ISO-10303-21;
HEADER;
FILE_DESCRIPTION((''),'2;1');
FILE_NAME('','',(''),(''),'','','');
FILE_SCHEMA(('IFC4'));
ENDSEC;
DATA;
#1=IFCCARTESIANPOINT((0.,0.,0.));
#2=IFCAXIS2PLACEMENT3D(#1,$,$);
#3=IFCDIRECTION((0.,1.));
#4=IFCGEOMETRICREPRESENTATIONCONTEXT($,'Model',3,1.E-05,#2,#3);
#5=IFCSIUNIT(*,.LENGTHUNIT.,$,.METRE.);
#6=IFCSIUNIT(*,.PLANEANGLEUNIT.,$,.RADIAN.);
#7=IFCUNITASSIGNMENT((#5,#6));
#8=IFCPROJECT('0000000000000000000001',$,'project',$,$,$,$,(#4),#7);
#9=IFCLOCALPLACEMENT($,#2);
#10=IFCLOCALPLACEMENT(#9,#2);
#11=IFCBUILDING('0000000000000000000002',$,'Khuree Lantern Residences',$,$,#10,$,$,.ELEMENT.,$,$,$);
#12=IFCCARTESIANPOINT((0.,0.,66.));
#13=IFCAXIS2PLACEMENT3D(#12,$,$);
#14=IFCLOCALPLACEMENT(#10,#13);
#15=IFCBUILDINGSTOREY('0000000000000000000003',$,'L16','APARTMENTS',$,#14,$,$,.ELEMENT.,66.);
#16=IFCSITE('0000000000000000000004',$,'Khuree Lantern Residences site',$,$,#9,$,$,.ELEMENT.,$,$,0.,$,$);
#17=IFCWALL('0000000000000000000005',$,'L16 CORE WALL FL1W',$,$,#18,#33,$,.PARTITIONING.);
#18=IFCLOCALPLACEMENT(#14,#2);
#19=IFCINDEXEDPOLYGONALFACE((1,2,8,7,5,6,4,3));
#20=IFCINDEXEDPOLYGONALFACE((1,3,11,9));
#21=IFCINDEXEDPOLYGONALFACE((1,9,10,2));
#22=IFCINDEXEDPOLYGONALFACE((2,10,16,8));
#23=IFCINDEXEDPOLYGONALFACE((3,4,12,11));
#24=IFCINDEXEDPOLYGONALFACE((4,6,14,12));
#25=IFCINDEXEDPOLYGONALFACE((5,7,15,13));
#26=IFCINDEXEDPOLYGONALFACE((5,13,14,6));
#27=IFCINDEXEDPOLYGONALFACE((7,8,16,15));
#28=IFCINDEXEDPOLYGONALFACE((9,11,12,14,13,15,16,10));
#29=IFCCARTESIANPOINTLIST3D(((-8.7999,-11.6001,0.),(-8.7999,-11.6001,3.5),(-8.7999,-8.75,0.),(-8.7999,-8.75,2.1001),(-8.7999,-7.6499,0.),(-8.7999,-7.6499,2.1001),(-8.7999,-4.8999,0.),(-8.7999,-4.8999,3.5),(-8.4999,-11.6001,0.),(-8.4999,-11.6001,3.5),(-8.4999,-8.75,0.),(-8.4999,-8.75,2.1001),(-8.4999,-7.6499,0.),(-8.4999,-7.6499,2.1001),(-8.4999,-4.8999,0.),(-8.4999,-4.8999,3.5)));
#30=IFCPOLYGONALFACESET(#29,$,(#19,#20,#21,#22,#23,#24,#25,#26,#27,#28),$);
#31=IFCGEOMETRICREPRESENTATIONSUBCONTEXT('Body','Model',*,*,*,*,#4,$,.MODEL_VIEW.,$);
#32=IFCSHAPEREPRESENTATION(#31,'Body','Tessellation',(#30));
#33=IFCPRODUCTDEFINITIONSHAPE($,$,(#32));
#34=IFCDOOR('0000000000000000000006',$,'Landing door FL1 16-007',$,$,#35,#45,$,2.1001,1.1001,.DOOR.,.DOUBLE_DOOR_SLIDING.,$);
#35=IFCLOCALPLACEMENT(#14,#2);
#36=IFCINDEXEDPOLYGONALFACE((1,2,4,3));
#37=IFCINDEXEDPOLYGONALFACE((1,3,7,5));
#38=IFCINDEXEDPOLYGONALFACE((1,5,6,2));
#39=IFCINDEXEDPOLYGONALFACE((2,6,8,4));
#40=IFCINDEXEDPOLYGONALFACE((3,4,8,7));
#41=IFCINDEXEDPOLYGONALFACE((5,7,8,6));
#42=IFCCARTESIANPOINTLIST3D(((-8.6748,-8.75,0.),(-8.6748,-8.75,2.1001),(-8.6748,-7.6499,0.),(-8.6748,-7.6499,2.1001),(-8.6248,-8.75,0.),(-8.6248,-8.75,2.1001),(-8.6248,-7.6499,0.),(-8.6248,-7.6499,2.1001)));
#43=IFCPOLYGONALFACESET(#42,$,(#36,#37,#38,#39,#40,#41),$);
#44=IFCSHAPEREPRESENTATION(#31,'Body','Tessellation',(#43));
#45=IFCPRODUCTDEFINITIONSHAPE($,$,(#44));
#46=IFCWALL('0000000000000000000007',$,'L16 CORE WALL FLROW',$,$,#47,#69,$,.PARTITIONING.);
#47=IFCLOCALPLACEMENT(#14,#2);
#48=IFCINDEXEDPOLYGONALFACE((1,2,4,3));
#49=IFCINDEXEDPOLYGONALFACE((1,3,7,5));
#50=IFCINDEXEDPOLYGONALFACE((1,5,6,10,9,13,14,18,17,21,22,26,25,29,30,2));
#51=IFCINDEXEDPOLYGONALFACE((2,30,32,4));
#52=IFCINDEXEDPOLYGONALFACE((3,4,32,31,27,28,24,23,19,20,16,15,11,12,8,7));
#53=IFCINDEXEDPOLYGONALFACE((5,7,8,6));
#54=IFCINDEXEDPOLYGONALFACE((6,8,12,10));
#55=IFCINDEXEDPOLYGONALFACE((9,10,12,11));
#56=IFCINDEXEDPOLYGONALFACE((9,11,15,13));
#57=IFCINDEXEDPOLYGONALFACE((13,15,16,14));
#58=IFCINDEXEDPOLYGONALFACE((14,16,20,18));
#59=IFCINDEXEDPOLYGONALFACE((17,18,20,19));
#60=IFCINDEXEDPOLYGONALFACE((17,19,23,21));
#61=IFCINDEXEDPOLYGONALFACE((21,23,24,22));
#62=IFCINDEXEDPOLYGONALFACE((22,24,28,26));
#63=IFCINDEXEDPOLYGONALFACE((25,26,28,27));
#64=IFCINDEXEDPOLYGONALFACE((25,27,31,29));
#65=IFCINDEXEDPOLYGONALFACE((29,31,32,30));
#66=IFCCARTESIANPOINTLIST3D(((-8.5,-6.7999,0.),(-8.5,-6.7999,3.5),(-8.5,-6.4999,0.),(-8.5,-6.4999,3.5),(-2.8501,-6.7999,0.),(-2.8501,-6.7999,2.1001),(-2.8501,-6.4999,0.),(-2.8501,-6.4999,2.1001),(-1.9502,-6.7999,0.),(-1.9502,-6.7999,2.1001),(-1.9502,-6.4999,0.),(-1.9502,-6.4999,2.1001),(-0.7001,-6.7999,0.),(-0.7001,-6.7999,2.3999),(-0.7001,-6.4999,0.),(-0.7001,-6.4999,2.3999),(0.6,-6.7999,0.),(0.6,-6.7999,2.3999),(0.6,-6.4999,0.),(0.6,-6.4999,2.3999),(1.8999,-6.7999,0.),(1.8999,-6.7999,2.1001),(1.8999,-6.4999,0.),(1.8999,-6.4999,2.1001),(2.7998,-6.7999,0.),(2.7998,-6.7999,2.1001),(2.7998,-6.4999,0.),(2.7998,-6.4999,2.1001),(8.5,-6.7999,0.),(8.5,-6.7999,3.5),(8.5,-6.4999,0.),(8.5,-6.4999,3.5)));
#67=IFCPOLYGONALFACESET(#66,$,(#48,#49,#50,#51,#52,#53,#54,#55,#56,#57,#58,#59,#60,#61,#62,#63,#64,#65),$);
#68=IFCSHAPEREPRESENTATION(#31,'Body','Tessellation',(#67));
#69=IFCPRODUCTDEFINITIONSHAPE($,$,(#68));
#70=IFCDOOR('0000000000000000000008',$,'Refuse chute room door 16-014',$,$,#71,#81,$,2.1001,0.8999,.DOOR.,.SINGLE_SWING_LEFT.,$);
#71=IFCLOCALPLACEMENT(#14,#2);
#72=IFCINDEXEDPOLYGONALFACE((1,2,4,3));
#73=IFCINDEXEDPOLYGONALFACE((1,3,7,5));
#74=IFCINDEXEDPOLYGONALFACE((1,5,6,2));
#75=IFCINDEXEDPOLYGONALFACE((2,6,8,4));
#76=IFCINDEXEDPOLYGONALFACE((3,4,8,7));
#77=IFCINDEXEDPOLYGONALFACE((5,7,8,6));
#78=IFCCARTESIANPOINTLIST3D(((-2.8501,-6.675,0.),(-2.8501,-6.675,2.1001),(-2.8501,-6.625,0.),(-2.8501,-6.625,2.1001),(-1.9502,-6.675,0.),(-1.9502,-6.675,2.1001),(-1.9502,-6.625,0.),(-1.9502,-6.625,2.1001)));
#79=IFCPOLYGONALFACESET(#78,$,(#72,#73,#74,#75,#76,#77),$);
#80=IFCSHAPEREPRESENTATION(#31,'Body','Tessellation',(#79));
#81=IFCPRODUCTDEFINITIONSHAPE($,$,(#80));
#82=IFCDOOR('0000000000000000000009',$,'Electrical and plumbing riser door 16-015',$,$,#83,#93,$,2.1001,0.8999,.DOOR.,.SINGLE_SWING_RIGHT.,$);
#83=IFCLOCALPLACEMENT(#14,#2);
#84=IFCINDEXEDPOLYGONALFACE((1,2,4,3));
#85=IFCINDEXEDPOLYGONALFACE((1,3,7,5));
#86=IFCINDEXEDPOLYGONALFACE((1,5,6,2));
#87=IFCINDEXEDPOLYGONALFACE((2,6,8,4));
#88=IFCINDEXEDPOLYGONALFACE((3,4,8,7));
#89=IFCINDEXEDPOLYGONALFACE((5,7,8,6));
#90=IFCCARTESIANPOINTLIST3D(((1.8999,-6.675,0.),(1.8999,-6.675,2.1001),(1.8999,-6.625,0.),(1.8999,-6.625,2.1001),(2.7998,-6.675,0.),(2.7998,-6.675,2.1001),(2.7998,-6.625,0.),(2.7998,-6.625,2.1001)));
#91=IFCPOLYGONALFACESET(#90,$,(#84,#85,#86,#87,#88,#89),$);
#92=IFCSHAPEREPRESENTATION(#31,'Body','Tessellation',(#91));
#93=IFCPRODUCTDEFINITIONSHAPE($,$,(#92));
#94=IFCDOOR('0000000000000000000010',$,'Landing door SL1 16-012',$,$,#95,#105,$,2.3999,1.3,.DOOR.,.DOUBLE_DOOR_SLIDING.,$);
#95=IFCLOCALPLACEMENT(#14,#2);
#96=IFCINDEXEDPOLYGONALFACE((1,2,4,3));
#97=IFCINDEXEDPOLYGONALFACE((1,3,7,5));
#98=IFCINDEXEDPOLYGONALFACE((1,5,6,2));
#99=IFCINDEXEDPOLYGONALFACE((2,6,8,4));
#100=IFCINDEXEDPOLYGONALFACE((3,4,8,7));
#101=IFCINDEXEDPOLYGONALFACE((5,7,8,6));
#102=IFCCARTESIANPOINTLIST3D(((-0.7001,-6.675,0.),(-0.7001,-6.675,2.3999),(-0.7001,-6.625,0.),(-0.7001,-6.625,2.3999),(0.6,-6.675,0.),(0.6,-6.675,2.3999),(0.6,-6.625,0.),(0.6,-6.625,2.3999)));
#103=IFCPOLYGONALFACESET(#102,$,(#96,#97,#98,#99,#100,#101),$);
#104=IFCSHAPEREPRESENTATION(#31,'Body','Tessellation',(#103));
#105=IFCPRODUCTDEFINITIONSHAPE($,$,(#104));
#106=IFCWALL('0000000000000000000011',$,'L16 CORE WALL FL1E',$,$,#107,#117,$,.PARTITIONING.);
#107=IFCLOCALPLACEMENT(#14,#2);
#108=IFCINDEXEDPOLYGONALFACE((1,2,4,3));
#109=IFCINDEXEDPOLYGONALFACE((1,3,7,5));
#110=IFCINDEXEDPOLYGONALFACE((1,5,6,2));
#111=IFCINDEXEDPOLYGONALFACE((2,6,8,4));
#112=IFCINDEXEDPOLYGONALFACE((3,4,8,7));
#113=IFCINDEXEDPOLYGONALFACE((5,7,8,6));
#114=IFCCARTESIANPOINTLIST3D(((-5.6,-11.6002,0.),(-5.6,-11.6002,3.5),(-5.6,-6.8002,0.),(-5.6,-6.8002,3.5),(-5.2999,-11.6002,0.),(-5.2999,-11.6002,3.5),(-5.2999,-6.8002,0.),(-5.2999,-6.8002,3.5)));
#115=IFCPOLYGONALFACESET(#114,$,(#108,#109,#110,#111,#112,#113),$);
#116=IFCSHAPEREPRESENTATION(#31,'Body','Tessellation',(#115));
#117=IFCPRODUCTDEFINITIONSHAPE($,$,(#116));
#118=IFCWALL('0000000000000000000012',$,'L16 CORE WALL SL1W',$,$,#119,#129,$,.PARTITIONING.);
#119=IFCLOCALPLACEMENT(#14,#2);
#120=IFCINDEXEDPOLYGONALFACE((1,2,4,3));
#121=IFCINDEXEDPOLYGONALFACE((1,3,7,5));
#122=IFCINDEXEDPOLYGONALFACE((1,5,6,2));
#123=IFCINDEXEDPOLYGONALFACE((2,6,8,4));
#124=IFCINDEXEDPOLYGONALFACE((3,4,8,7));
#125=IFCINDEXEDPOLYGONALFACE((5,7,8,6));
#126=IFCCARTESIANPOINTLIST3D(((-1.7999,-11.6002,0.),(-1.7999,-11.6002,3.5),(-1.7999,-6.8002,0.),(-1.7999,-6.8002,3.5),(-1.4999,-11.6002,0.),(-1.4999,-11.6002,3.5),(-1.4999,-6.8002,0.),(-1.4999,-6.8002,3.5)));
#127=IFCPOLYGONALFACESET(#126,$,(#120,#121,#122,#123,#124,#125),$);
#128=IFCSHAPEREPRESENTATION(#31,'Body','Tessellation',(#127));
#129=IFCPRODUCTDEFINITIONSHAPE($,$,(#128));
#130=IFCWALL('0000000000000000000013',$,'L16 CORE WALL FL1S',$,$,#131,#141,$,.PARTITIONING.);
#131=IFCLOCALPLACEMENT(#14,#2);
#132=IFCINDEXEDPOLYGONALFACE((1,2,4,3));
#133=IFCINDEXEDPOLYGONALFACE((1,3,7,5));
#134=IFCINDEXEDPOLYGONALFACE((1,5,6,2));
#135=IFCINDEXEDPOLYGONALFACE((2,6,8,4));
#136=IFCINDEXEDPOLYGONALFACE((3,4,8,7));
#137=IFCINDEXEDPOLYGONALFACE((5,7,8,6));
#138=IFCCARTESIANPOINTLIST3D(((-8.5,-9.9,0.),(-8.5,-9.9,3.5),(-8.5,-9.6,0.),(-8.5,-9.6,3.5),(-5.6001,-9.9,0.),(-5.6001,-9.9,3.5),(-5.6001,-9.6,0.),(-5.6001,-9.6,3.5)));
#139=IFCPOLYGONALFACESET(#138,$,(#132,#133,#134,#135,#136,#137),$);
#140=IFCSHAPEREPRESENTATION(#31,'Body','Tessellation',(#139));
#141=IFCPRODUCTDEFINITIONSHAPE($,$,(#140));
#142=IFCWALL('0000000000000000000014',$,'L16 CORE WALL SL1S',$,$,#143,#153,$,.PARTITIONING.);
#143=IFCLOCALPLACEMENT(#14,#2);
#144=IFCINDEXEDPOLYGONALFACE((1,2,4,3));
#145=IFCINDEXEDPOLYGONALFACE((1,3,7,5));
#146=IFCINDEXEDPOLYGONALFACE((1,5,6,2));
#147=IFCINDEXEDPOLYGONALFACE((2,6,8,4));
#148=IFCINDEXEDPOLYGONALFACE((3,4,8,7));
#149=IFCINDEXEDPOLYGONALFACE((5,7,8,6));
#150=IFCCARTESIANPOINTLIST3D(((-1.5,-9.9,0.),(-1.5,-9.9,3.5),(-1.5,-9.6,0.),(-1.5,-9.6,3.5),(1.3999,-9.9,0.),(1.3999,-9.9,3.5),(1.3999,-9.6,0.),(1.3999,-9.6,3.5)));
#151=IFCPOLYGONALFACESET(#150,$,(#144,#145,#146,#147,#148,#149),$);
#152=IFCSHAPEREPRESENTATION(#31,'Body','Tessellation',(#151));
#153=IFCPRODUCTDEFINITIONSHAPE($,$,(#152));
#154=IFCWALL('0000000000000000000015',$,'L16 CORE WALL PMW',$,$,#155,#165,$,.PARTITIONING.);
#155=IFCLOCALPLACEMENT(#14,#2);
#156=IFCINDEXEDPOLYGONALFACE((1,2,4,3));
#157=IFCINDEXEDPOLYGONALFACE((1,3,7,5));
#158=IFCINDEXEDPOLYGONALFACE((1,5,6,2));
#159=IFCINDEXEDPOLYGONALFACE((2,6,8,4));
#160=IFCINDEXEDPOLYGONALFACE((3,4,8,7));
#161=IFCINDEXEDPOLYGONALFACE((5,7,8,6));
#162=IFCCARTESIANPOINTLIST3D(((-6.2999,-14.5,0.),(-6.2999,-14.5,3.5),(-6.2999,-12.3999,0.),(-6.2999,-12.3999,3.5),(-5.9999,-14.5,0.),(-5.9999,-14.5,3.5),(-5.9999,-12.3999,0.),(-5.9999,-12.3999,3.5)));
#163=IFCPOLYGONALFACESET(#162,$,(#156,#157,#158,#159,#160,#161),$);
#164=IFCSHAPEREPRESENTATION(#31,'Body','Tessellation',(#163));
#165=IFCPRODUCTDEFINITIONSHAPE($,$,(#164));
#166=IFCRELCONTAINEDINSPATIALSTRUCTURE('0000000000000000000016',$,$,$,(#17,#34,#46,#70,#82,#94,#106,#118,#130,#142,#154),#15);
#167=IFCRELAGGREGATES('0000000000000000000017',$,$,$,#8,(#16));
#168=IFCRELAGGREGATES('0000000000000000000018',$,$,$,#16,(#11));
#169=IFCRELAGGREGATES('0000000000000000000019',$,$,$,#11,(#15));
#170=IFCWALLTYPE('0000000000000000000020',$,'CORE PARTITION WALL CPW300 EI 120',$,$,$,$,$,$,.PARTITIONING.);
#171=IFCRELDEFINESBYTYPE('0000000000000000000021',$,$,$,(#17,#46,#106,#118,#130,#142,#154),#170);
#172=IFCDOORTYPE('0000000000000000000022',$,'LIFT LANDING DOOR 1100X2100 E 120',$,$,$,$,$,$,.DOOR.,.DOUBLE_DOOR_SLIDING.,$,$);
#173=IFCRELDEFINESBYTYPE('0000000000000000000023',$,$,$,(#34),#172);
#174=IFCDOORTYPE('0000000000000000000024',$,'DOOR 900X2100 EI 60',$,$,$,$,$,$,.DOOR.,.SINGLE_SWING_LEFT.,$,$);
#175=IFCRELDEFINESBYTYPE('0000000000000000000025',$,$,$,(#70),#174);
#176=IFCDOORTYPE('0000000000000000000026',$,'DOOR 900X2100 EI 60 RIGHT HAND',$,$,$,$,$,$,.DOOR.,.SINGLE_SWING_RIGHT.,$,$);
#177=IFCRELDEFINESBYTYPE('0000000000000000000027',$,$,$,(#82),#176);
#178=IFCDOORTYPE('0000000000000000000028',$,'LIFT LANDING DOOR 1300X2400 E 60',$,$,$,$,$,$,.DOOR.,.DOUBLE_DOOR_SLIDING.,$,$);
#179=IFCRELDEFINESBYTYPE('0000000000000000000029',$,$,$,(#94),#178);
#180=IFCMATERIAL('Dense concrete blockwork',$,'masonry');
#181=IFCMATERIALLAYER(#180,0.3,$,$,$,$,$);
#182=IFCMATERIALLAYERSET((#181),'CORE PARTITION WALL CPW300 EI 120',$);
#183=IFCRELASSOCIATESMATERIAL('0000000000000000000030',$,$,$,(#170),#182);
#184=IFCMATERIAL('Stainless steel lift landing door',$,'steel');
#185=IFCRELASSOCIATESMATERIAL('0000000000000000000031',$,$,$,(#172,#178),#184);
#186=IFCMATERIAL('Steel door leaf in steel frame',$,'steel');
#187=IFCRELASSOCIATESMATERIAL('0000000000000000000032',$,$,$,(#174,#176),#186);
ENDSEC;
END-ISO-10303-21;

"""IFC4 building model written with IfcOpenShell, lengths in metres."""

from ifc_helpers import new_model, si_unit, direction, frame, frame_2d, origin, place, context, subcontext, project, spatial, rectangle, extrude, material, layer, layer_set, type_object, element, fill, save


model = new_model("IFC4")

# Units and contexts
model_context = context("Model", 3, precision=1e-05, world=origin(), true_north=direction((0.0, 1.0)))
body_context = subcontext(model_context, "Body", "Model", "MODEL_VIEW")
ifc_project = project(units=[si_unit("LENGTHUNIT", "METRE"), si_unit("PLANEANGLEUNIT", "RADIAN")], contexts=[model_context])

# Site, building, storey
site_placement = place(None, origin())
site = spatial("IfcSite", under=ifc_project, at=site_placement, Name="Khuree Lantern Residences site", CompositionType="ELEMENT", RefElevation=0.0)
building_placement = place(site_placement, origin())
building = spatial("IfcBuilding", under=site, at=building_placement, Name="Khuree Lantern Residences", CompositionType="ELEMENT")
storey_placement = place(building_placement, frame((0.0, 0.0, 66.0)))
storey = spatial("IfcBuildingStorey", under=building, at=storey_placement, Name="L16", Description="APARTMENTS", CompositionType="ELEMENT", Elevation=66.0)

# Wall, opening, door
ifc_material_1 = material(Name="Dense concrete blockwork", Category="masonry")
ifc_layer_1 = layer(ifc_material_1, 0.3)
ifc_layer_set_1 = layer_set([ifc_layer_1], Name="CORE PARTITION WALL CPW300 EI 120")
wall_type_1 = type_object("IfcWallType", Name="CORE PARTITION WALL CPW300 EI 120", PredefinedType="PARTITIONING", material=ifc_layer_set_1)
wall_1_placement = place(storey_placement, frame((-8.6499, -11.6001, 0.0), z_axis=(0.0, 0.0, 1.0), x_axis=(0.0, 1.0, 0.0)))
wall_1 = element("IfcWall", 1, at=wall_1_placement, inside=storey, type_object=wall_type_1, Name="L16 CORE WALL FL1W", PredefinedType="PARTITIONING", context=body_context, shape_type="SweptSolid", body=[
    extrude(rectangle(XDim=6.7002, YDim=0.3, at=frame_2d((3.3501, 0.0))), origin(), (0.0, 0.0, 1.0), 3.5),
])
opening_1_placement = place(wall_1_placement, frame((2.8501, 0.0, 0.0)))
opening_1 = element("IfcOpeningElement", 2, at=opening_1_placement, cuts=wall_1, PredefinedType="OPENING", context=body_context, shape_type="SweptSolid", body=[
    extrude(rectangle(XDim=1.1001, YDim=2.1001, at=frame_2d((0.55, 1.05))), frame((0.0, 0.1602, 0.0), z_axis=(0.0, -1.0, 0.0), x_axis=(1.0, 0.0, 0.0)), (0.0, 0.0, 1.0), 0.3201),
])
ifc_material_2 = material(Name="Stainless steel lift landing door", Category="steel")
door_type_1 = type_object("IfcDoorType", Name="LIFT LANDING DOOR 1100X2100 E 120", OperationType="DOUBLE_DOOR_SLIDING", PredefinedType="DOOR", material=ifc_material_2)
door_1_placement = place(opening_1_placement, origin())
door_1 = element("IfcDoor", 3, at=door_1_placement, inside=storey, type_object=door_type_1, Name="Landing door FL1 16-007", OperationType="DOUBLE_DOOR_SLIDING", OverallHeight=2.1001, OverallWidth=1.1001, PredefinedType="DOOR", context=body_context, shape_type="SweptSolid", body=[
    extrude(rectangle(XDim=1.1001, YDim=2.1001, at=frame_2d((0.55, 1.05))), frame((0.0, 0.0249, 0.0), z_axis=(0.0, -1.0, 0.0), x_axis=(1.0, 0.0, 0.0)), (0.0, 0.0, 1.0), 0.05),
])
fill(opening_1, door_1)

# Wall, openings, doors
wall_2_placement = place(storey_placement, frame((-8.5, -6.6499, 0.0), z_axis=(0.0, 0.0, 1.0), x_axis=(1.0, 0.0, 0.0)))
wall_2 = element("IfcWall", 4, at=wall_2_placement, inside=storey, type_object=wall_type_1, Name="L16 CORE WALL FLROW", PredefinedType="PARTITIONING", context=body_context, shape_type="SweptSolid", body=[
    extrude(rectangle(XDim=17.0, YDim=0.3, at=frame_2d((8.5, 0.0))), origin(), (0.0, 0.0, 1.0), 3.5),
])
opening_2_placement = place(wall_2_placement, frame((7.8, 0.0, 0.0)))
opening_2 = element("IfcOpeningElement", 5, at=opening_2_placement, cuts=wall_2, PredefinedType="OPENING", context=body_context, shape_type="SweptSolid", body=[
    extrude(rectangle(XDim=1.3, YDim=2.3999, at=frame_2d((0.6499, 1.2))), frame((0.0, 0.1602, 0.0), z_axis=(0.0, -1.0, 0.0), x_axis=(1.0, 0.0, 0.0)), (0.0, 0.0, 1.0), 0.3201),
])
opening_3_placement = place(wall_2_placement, frame((5.6499, 0.0, 0.0)))
opening_3 = element("IfcOpeningElement", 6, at=opening_3_placement, cuts=wall_2, PredefinedType="OPENING", context=body_context, shape_type="SweptSolid", body=[
    extrude(rectangle(XDim=0.8999, YDim=2.1001, at=frame_2d((0.45, 1.05))), frame((0.0, 0.1602, 0.0), z_axis=(0.0, -1.0, 0.0), x_axis=(1.0, 0.0, 0.0)), (0.0, 0.0, 1.0), 0.3201),
])
opening_4_placement = place(wall_2_placement, frame((10.3999, 0.0, 0.0)))
opening_4 = element("IfcOpeningElement", 7, at=opening_4_placement, cuts=wall_2, PredefinedType="OPENING", context=body_context, shape_type="SweptSolid", body=[
    extrude(rectangle(XDim=0.8999, YDim=2.1001, at=frame_2d((0.45, 1.05))), frame((0.0, 0.1602, 0.0), z_axis=(0.0, -1.0, 0.0), x_axis=(1.0, 0.0, 0.0)), (0.0, 0.0, 1.0), 0.3201),
])
ifc_material_3 = material(Name="Steel door leaf in steel frame", Category="steel")
door_type_2 = type_object("IfcDoorType", Name="DOOR 900X2100 EI 60", OperationType="SINGLE_SWING_LEFT", PredefinedType="DOOR", material=ifc_material_3)
door_2_placement = place(opening_3_placement, origin())
door_2 = element("IfcDoor", 8, at=door_2_placement, inside=storey, type_object=door_type_2, Name="Refuse chute room door 16-014", OperationType="SINGLE_SWING_LEFT", OverallHeight=2.1001, OverallWidth=0.8999, PredefinedType="DOOR", context=body_context, shape_type="SweptSolid", body=[
    extrude(rectangle(XDim=0.8999, YDim=2.1001, at=frame_2d((0.45, 1.05))), frame((0.0, 0.0249, 0.0), z_axis=(0.0, -1.0, 0.0), x_axis=(1.0, 0.0, 0.0)), (0.0, 0.0, 1.0), 0.05),
])
fill(opening_3, door_2)
door_type_3 = type_object("IfcDoorType", Name="DOOR 900X2100 EI 60 RIGHT HAND", OperationType="SINGLE_SWING_RIGHT", PredefinedType="DOOR", material=ifc_material_3)
door_3_placement = place(opening_4_placement, origin())
door_3 = element("IfcDoor", 9, at=door_3_placement, inside=storey, type_object=door_type_3, Name="Electrical and plumbing riser door 16-015", OperationType="SINGLE_SWING_RIGHT", OverallHeight=2.1001, OverallWidth=0.8999, PredefinedType="DOOR", context=body_context, shape_type="SweptSolid", body=[
    extrude(rectangle(XDim=0.8999, YDim=2.1001, at=frame_2d((0.45, 1.05))), frame((0.0, 0.0249, 0.0), z_axis=(0.0, -1.0, 0.0), x_axis=(1.0, 0.0, 0.0)), (0.0, 0.0, 1.0), 0.05),
])
fill(opening_4, door_3)
door_type_4 = type_object("IfcDoorType", Name="LIFT LANDING DOOR 1300X2400 E 60", OperationType="DOUBLE_DOOR_SLIDING", PredefinedType="DOOR", material=ifc_material_2)
door_4_placement = place(opening_2_placement, origin())
door_4 = element("IfcDoor", 10, at=door_4_placement, inside=storey, type_object=door_type_4, Name="Landing door SL1 16-012", OperationType="DOUBLE_DOOR_SLIDING", OverallHeight=2.3999, OverallWidth=1.3, PredefinedType="DOOR", context=body_context, shape_type="SweptSolid", body=[
    extrude(rectangle(XDim=1.3, YDim=2.3999, at=frame_2d((0.6499, 1.2))), frame((0.0, 0.0249, 0.0), z_axis=(0.0, -1.0, 0.0), x_axis=(1.0, 0.0, 0.0)), (0.0, 0.0, 1.0), 0.05),
])
fill(opening_2, door_4)

# Walls
for number, where, z_axis, x_axis, name in (
    (11, (-5.45, -11.6001, 0.0), (0.0, 0.0, 1.0), (0.0, 1.0, 0.0), "L16 CORE WALL FL1E"),
    (12, (-1.6499, -11.6001, 0.0), (0.0, 0.0, 1.0), (0.0, 1.0, 0.0), "L16 CORE WALL SL1W"),
):
    element("IfcWall", number, at=place(storey_placement, frame(where, z_axis=z_axis, x_axis=x_axis)), inside=storey, type_object=wall_type_1, Name=name, PredefinedType="PARTITIONING", context=body_context, shape_type="SweptSolid", body=[
        extrude(rectangle(XDim=4.8, YDim=0.3, at=frame_2d((2.3999, 0.0))), origin(), (0.0, 0.0, 1.0), 3.5),
    ])
for number, where, z_axis, x_axis, name in (
    (13, (-8.5, -9.75, 0.0), (0.0, 0.0, 1.0), (1.0, 0.0, 0.0), "L16 CORE WALL FL1S"),
    (14, (-1.5, -9.75, 0.0), (0.0, 0.0, 1.0), (1.0, 0.0, 0.0), "L16 CORE WALL SL1S"),
):
    element("IfcWall", number, at=place(storey_placement, frame(where, z_axis=z_axis, x_axis=x_axis)), inside=storey, type_object=wall_type_1, Name=name, PredefinedType="PARTITIONING", context=body_context, shape_type="SweptSolid", body=[
        extrude(rectangle(XDim=2.8999, YDim=0.3, at=frame_2d((1.45, 0.0))), origin(), (0.0, 0.0, 1.0), 3.5),
    ])
wall_3_placement = place(storey_placement, frame((-6.1499, -14.5, 0.0), z_axis=(0.0, 0.0, 1.0), x_axis=(0.0, 1.0, 0.0)))
element("IfcWall", 15, at=wall_3_placement, inside=storey, type_object=wall_type_1, Name="L16 CORE WALL PMW", PredefinedType="PARTITIONING", context=body_context, shape_type="SweptSolid", body=[
    extrude(rectangle(XDim=2.1001, YDim=0.3, at=frame_2d((1.05, 0.0))), origin(), (0.0, 0.0, 1.0), 3.5),
])

save(model, "model.ifc")
